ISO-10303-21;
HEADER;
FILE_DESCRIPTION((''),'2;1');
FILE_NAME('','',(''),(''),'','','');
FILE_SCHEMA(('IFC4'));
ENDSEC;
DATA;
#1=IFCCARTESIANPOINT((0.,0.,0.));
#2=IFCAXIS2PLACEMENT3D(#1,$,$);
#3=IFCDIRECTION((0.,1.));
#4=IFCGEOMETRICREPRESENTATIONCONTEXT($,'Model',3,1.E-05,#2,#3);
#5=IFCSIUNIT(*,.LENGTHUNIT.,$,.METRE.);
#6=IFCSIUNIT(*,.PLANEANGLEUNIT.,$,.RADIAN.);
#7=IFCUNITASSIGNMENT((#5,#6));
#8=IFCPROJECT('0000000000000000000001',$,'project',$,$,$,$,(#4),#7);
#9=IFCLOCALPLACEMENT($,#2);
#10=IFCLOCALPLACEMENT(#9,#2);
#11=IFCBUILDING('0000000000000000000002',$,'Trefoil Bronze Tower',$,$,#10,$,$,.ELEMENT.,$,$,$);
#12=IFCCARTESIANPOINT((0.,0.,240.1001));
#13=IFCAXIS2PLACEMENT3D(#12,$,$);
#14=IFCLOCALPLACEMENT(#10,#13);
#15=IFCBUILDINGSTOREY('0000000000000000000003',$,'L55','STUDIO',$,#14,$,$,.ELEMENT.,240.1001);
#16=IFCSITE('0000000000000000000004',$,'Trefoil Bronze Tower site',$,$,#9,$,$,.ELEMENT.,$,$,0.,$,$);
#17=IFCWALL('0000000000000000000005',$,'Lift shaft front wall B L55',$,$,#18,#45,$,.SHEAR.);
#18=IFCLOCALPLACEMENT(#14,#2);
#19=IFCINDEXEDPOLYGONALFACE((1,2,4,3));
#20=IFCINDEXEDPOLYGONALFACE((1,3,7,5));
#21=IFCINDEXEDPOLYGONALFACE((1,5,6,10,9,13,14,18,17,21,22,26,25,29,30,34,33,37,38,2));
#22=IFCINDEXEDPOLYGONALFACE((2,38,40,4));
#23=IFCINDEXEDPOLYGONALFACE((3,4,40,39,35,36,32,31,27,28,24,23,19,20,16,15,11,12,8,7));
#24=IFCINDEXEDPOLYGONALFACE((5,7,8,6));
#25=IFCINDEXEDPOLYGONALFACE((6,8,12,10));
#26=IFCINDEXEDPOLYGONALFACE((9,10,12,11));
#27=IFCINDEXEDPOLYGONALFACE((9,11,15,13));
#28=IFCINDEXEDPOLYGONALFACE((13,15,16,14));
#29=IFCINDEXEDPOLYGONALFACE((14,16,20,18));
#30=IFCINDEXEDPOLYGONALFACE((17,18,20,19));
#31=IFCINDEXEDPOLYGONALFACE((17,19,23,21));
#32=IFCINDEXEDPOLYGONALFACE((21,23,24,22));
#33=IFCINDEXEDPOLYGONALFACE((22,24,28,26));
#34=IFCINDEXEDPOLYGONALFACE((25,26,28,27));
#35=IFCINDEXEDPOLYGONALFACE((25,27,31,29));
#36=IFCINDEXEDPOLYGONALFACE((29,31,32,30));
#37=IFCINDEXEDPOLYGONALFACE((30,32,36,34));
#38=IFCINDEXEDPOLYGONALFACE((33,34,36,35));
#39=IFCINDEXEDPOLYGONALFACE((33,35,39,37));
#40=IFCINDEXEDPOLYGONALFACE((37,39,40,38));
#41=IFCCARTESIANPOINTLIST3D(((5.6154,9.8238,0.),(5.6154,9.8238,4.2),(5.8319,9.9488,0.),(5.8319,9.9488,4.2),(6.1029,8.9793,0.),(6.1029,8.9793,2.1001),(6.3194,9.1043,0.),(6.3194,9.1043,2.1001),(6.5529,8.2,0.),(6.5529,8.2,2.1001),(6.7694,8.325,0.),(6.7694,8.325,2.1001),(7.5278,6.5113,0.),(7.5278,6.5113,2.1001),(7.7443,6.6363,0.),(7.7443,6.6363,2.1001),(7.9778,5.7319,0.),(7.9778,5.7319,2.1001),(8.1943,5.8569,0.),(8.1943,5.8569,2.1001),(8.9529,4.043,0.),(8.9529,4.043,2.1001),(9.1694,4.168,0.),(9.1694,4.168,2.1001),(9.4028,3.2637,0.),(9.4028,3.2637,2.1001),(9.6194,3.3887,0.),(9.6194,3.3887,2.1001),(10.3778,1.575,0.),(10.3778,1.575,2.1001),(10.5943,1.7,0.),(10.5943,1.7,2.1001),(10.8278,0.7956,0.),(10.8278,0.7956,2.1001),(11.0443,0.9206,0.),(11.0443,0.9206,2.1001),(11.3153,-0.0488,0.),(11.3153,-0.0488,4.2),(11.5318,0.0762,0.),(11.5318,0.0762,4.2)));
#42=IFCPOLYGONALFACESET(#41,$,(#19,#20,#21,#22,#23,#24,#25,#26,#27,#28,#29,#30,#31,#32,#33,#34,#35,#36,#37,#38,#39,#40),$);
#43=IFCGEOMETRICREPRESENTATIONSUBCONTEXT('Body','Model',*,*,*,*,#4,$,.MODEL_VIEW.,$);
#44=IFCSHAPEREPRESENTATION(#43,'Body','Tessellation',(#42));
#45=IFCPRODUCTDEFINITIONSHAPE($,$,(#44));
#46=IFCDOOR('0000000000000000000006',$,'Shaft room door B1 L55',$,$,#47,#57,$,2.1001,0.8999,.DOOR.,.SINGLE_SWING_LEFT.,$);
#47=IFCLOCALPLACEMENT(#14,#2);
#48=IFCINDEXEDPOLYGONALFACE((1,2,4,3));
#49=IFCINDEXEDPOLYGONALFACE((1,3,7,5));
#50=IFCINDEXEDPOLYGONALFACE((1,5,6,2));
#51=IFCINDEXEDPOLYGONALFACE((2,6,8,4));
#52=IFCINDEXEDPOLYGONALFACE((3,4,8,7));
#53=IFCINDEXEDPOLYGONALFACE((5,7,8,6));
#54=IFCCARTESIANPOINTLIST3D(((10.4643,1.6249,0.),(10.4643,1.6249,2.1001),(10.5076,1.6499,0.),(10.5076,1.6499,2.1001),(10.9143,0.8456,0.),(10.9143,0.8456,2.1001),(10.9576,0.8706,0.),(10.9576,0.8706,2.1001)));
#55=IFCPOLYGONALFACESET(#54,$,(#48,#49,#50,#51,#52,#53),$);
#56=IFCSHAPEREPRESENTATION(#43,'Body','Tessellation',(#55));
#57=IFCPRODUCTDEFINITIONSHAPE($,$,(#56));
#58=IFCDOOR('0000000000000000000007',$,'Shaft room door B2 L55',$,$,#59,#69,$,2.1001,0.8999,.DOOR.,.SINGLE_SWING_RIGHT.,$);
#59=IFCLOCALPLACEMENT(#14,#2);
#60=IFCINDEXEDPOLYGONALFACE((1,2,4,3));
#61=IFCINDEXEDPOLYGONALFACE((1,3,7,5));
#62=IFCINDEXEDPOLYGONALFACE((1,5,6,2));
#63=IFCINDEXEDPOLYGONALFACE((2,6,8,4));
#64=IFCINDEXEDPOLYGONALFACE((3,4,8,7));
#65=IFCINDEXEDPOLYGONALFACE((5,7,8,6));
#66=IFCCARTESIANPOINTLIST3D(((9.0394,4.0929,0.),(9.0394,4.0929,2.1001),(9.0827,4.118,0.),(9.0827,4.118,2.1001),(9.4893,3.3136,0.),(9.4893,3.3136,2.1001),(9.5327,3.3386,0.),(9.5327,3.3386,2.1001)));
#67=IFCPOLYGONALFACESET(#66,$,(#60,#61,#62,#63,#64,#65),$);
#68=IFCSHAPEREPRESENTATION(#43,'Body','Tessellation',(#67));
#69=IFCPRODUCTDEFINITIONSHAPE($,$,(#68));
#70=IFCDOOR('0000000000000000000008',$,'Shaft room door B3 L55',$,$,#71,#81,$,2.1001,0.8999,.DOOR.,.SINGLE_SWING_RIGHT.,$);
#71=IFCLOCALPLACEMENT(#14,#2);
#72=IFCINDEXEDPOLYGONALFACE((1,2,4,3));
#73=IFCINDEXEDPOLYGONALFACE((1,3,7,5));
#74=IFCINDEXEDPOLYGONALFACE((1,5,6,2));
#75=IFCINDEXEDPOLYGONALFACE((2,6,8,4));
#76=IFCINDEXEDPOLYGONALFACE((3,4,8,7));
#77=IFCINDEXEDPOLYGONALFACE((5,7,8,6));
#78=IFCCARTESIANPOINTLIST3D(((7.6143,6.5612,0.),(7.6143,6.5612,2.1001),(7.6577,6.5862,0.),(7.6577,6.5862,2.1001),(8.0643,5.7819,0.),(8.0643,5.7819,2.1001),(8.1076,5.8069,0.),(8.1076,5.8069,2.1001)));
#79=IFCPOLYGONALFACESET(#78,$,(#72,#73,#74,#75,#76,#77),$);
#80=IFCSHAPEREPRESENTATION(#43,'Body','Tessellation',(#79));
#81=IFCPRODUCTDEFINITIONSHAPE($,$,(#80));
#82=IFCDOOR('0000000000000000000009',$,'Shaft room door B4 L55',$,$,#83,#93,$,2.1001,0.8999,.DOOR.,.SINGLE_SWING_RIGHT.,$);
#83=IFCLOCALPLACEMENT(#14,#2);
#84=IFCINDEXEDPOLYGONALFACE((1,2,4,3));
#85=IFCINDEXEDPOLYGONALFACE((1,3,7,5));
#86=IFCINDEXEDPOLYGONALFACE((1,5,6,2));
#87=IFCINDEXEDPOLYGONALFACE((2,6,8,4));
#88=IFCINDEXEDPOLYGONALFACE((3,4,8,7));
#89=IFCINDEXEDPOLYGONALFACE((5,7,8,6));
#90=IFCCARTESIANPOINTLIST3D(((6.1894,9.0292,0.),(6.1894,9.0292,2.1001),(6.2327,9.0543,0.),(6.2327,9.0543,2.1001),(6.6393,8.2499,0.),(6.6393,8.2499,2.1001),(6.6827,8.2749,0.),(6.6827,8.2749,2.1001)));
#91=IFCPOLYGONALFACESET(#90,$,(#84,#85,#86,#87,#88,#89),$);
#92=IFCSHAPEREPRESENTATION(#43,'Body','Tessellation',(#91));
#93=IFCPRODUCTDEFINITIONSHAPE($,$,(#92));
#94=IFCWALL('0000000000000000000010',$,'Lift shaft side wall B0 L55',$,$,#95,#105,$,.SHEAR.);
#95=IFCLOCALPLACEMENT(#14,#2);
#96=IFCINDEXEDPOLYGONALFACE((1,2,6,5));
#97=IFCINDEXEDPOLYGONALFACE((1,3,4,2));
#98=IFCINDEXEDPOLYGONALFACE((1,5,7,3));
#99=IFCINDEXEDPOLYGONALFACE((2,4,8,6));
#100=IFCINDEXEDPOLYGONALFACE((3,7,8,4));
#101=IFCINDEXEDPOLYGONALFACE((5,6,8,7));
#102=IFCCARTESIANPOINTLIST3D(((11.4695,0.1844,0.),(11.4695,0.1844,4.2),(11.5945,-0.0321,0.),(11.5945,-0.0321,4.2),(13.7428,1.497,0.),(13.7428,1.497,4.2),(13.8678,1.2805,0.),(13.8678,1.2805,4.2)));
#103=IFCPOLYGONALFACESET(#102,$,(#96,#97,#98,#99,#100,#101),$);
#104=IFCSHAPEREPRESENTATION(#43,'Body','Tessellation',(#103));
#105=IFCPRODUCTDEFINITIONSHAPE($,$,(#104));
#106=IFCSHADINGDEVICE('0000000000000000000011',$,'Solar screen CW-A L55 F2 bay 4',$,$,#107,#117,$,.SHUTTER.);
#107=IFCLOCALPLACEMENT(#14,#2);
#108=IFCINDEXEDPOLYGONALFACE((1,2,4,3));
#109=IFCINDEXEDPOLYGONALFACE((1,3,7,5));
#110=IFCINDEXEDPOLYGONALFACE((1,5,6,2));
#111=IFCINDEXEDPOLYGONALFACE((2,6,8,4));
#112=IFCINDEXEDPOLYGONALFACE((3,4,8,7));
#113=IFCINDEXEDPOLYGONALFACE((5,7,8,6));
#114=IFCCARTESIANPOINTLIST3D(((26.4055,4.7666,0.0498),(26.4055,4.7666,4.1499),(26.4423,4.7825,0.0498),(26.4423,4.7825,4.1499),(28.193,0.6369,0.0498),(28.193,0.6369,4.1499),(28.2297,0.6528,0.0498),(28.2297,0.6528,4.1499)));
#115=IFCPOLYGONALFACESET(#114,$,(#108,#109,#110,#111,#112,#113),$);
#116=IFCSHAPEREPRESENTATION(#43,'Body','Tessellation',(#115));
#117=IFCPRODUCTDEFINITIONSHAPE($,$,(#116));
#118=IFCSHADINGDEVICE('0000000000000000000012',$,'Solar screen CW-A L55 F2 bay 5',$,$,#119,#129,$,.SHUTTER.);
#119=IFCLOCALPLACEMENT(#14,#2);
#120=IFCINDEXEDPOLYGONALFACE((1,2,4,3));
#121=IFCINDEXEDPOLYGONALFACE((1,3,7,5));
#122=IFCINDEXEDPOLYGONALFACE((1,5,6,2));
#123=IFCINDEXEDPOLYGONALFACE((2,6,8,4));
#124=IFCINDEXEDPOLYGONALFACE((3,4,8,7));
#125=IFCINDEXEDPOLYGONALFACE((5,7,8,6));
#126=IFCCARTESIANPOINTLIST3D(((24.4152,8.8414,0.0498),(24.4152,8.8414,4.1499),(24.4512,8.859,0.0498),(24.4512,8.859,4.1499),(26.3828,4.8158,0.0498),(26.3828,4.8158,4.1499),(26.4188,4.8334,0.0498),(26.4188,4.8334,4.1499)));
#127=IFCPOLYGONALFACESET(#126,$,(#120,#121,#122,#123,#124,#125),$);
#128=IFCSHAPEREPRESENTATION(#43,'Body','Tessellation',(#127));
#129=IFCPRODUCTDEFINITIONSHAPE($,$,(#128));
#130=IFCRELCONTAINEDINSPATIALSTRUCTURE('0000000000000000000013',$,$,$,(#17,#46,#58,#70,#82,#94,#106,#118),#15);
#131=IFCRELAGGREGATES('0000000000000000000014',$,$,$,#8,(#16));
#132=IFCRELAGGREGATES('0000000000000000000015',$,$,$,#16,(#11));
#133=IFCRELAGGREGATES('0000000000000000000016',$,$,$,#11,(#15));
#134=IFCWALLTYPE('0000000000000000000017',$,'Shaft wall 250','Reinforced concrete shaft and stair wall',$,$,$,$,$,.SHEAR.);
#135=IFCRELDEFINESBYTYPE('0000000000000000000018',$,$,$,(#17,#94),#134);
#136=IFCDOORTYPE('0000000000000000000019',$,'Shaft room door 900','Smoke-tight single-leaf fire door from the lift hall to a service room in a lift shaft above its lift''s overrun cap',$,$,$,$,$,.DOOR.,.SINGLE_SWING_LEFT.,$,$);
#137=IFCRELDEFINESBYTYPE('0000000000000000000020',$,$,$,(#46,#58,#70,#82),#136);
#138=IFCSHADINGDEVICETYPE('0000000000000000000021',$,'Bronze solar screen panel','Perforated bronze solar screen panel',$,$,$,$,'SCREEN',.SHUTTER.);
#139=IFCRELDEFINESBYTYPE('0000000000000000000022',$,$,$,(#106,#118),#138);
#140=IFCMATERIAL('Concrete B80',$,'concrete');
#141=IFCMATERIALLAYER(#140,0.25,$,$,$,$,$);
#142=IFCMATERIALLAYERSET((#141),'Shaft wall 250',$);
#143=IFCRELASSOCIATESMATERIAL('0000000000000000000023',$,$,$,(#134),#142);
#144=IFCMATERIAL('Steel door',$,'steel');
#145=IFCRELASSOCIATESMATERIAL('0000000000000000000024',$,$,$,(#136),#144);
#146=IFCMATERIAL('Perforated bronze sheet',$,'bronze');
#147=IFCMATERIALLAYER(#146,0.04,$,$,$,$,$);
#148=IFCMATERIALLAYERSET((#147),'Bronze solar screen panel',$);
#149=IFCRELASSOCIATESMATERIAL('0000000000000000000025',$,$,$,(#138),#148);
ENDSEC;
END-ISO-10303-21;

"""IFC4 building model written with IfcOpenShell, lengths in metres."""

from ifc_helpers import new_model, si_unit, direction, frame, frame_2d, origin, origin_2d, place, context, subcontext, project, spatial, rectangle, extrude, material, layer, layer_set, type_object, element, fill, save


model = new_model("IFC4")

# Units and contexts
model_context = context("Model", 3, precision=1e-05, world=origin(), true_north=direction((0.0, 1.0)))
body_context = subcontext(model_context, "Body", "Model", "MODEL_VIEW")
ifc_project = project(units=[si_unit("LENGTHUNIT", "METRE"), si_unit("PLANEANGLEUNIT", "RADIAN")], contexts=[model_context])

# Site, building, storey
site_placement = place(None, origin())
site = spatial("IfcSite", under=ifc_project, at=site_placement, Name="Trefoil Bronze Tower site", CompositionType="ELEMENT", RefElevation=0.0)
building_placement = place(site_placement, origin())
building = spatial("IfcBuilding", under=site, at=building_placement, Name="Trefoil Bronze Tower", CompositionType="ELEMENT")
storey_placement = place(building_placement, frame((0.0, 0.0, 240.1001)))
storey = spatial("IfcBuildingStorey", under=building, at=storey_placement, Name="L55", Description="STUDIO", CompositionType="ELEMENT", Elevation=240.1001)

# Wall, openings, doors
ifc_material_1 = material(Name="Concrete B80", Category="concrete")
ifc_layer_1 = layer(ifc_material_1, 0.25)
ifc_layer_set_1 = layer_set([ifc_layer_1], Name="Shaft wall 250")
wall_type_1 = type_object("IfcWallType", Name="Shaft wall 250", Description="Reinforced concrete shaft and stair wall", PredefinedType="SHEAR", material=ifc_layer_set_1)
wall_1_placement = place(storey_placement, frame((11.4236, 0.0137, 0.0), z_axis=(0.0, 0.0, 1.0), x_axis=(-0.500002, 0.866024, 0.0)))
wall_1 = element("IfcWall", 1, at=wall_1_placement, inside=storey, type_object=wall_type_1, Name="Lift shaft front wall B L55", PredefinedType="SHEAR", context=body_context, shape_type="SweptSolid", body=[
    extrude(rectangle(XDim=11.3999, YDim=0.25, at=frame_2d((5.7, 0.0))), origin(), (0.0, 0.0, 1.0), 4.2),
])
opening_1_placement = place(wall_1_placement, frame((0.9751, 0.0, 0.0)))
opening_1 = element("IfcOpeningElement", 2, at=opening_1_placement, cuts=wall_1, PredefinedType="OPENING", context=body_context, shape_type="SweptSolid", body=[
    extrude(rectangle(XDim=0.8999, YDim=2.1001, at=frame_2d((0.45, 1.05))), frame((0.0, 0.135, 0.0), z_axis=(0.0, -1.0, 0.0), x_axis=(1.0, 0.0, 0.0)), (0.0, 0.0, 1.0), 0.27),
])
opening_2_placement = place(wall_1_placement, frame((3.825, 0.0, 0.0)))
opening_2 = element("IfcOpeningElement", 3, at=opening_2_placement, cuts=wall_1, PredefinedType="OPENING", context=body_context, shape_type="SweptSolid", body=[
    extrude(rectangle(XDim=0.8999, YDim=2.1001, at=frame_2d((0.45, 1.05))), frame((0.0, 0.135, 0.0), z_axis=(0.0, -1.0, 0.0), x_axis=(1.0, 0.0, 0.0)), (0.0, 0.0, 1.0), 0.27),
])
opening_3_placement = place(wall_1_placement, frame((6.675, 0.0, 0.0)))
opening_3 = element("IfcOpeningElement", 4, at=opening_3_placement, cuts=wall_1, PredefinedType="OPENING", context=body_context, shape_type="SweptSolid", body=[
    extrude(rectangle(XDim=0.8999, YDim=2.1001, at=frame_2d((0.45, 1.05))), frame((0.0, 0.135, 0.0), z_axis=(0.0, -1.0, 0.0), x_axis=(1.0, 0.0, 0.0)), (0.0, 0.0, 1.0), 0.27),
])
opening_4_placement = place(wall_1_placement, frame((9.5249, 0.0, 0.0)))
opening_4 = element("IfcOpeningElement", 5, at=opening_4_placement, cuts=wall_1, PredefinedType="OPENING", context=body_context, shape_type="SweptSolid", body=[
    extrude(rectangle(XDim=0.8999, YDim=2.1001, at=frame_2d((0.45, 1.05))), frame((0.0, 0.135, 0.0), z_axis=(0.0, -1.0, 0.0), x_axis=(1.0, 0.0, 0.0)), (0.0, 0.0, 1.0), 0.27),
])
ifc_material_2 = material(Name="Steel door", Category="steel")
door_type_1 = type_object("IfcDoorType", Name="Shaft room door 900", Description="Smoke-tight single-leaf fire door from the lift hall to a service room in a lift shaft above its lift's overrun cap", OperationType="SINGLE_SWING_LEFT", PredefinedType="DOOR", material=ifc_material_2)
door_1_placement = place(opening_1_placement, frame((0.8999, 0.0, 0.0), z_axis=(0.0, 0.0, 1.0), x_axis=(-1.0, 0.0, 0.0)))
door_1 = element("IfcDoor", 6, at=door_1_placement, inside=storey, type_object=door_type_1, Name="Shaft room door B1 L55", OperationType="SINGLE_SWING_LEFT", OverallHeight=2.1001, OverallWidth=0.8999, PredefinedType="DOOR", context=body_context, shape_type="SweptSolid", body=[
    extrude(rectangle(XDim=0.8999, YDim=2.1001, at=frame_2d((0.45, 1.05))), frame((0.0, 0.0249, 0.0), z_axis=(0.0, -1.0, 0.0), x_axis=(1.0, 0.0, 0.0)), (0.0, 0.0, 1.0), 0.05),
])
fill(opening_1, door_1)
door_2_placement = place(opening_2_placement, frame((0.8999, 0.0, 0.0), z_axis=(0.0, 0.0, 1.0), x_axis=(-1.0, 0.0, 0.0)))
door_2 = element("IfcDoor", 7, at=door_2_placement, inside=storey, type_object=door_type_1, Name="Shaft room door B2 L55", OperationType="SINGLE_SWING_RIGHT", OverallHeight=2.1001, OverallWidth=0.8999, PredefinedType="DOOR", context=body_context, shape_type="SweptSolid", body=[
    extrude(rectangle(XDim=0.8999, YDim=2.1001, at=frame_2d((0.45, 1.05))), frame((0.0, 0.0249, 0.0), z_axis=(0.0, -1.0, 0.0), x_axis=(1.0, 0.0, 0.0)), (0.0, 0.0, 1.0), 0.05),
])
fill(opening_2, door_2)
door_3_placement = place(opening_3_placement, frame((0.8999, 0.0, 0.0), z_axis=(0.0, 0.0, 1.0), x_axis=(-1.0, 0.0, 0.0)))
door_3 = element("IfcDoor", 8, at=door_3_placement, inside=storey, type_object=door_type_1, Name="Shaft room door B3 L55", OperationType="SINGLE_SWING_RIGHT", OverallHeight=2.1001, OverallWidth=0.8999, PredefinedType="DOOR", context=body_context, shape_type="SweptSolid", body=[
    extrude(rectangle(XDim=0.8999, YDim=2.1001, at=frame_2d((0.45, 1.05))), frame((0.0, 0.0249, 0.0), z_axis=(0.0, -1.0, 0.0), x_axis=(1.0, 0.0, 0.0)), (0.0, 0.0, 1.0), 0.05),
])
fill(opening_3, door_3)
door_4_placement = place(opening_4_placement, frame((0.8999, 0.0, 0.0), z_axis=(0.0, 0.0, 1.0), x_axis=(-1.0, 0.0, 0.0)))
door_4 = element("IfcDoor", 9, at=door_4_placement, inside=storey, type_object=door_type_1, Name="Shaft room door B4 L55", OperationType="SINGLE_SWING_RIGHT", OverallHeight=2.1001, OverallWidth=0.8999, PredefinedType="DOOR", context=body_context, shape_type="SweptSolid", body=[
    extrude(rectangle(XDim=0.8999, YDim=2.1001, at=frame_2d((0.45, 1.05))), frame((0.0, 0.0249, 0.0), z_axis=(0.0, -1.0, 0.0), x_axis=(1.0, 0.0, 0.0)), (0.0, 0.0, 1.0), 0.05),
])
fill(opening_4, door_4)

# Wall
wall_2_placement = place(storey_placement, frame((11.532, 0.0762, 0.0), z_axis=(0.0, 0.0, 1.0), x_axis=(0.866014, 0.50002, 0.0)))
element("IfcWall", 10, at=wall_2_placement, inside=storey, type_object=wall_type_1, Name="Lift shaft side wall B0 L55", PredefinedType="SHEAR", context=body_context, shape_type="SweptSolid", body=[
    extrude(rectangle(XDim=2.625, YDim=0.25, at=frame_2d((1.3125, 0.0))), origin(), (0.0, 0.0, 1.0), 4.2),
])

# Shading devices
ifc_material_3 = material(Name="Perforated bronze sheet", Category="bronze")
ifc_layer_2 = layer(ifc_material_3, 0.04)
ifc_layer_set_2 = layer_set([ifc_layer_2], Name="Bronze solar screen panel")
shading_device_type = type_object("IfcShadingDeviceType", Name="Bronze solar screen panel", Description="Perforated bronze solar screen panel", ElementType="SCREEN", PredefinedType="SHUTTER", material=ifc_layer_set_2)
shading_device_1_placement = place(storey_placement, frame((27.3176, 2.7097, 0.0498), z_axis=(0.0, 0.0, 1.0), x_axis=(-0.39722, 0.917723, 0.0)))
element("IfcShadingDevice", 11, at=shading_device_1_placement, inside=storey, type_object=shading_device_type, Name="Solar screen CW-A L55 F2 bay 4", PredefinedType="SHUTTER", context=body_context, shape_type="SweptSolid", body=[
    extrude(rectangle(XDim=4.5, YDim=0.04, at=origin_2d()), origin(), (0.0, 0.0, 1.0), 4.1001),
])
shading_device_2_placement = place(storey_placement, frame((25.417, 6.8374, 0.0498), z_axis=(0.0, 0.0, 1.0), x_axis=(-0.439129, 0.898424, 0.0)))
element("IfcShadingDevice", 12, at=shading_device_2_placement, inside=storey, type_object=shading_device_type, Name="Solar screen CW-A L55 F2 bay 5", PredefinedType="SHUTTER", context=body_context, shape_type="SweptSolid", body=[
    extrude(rectangle(XDim=4.4807, YDim=0.04, at=origin_2d()), origin(), (0.0, 0.0, 1.0), 4.1001),
])

save(model, "model.ifc")
